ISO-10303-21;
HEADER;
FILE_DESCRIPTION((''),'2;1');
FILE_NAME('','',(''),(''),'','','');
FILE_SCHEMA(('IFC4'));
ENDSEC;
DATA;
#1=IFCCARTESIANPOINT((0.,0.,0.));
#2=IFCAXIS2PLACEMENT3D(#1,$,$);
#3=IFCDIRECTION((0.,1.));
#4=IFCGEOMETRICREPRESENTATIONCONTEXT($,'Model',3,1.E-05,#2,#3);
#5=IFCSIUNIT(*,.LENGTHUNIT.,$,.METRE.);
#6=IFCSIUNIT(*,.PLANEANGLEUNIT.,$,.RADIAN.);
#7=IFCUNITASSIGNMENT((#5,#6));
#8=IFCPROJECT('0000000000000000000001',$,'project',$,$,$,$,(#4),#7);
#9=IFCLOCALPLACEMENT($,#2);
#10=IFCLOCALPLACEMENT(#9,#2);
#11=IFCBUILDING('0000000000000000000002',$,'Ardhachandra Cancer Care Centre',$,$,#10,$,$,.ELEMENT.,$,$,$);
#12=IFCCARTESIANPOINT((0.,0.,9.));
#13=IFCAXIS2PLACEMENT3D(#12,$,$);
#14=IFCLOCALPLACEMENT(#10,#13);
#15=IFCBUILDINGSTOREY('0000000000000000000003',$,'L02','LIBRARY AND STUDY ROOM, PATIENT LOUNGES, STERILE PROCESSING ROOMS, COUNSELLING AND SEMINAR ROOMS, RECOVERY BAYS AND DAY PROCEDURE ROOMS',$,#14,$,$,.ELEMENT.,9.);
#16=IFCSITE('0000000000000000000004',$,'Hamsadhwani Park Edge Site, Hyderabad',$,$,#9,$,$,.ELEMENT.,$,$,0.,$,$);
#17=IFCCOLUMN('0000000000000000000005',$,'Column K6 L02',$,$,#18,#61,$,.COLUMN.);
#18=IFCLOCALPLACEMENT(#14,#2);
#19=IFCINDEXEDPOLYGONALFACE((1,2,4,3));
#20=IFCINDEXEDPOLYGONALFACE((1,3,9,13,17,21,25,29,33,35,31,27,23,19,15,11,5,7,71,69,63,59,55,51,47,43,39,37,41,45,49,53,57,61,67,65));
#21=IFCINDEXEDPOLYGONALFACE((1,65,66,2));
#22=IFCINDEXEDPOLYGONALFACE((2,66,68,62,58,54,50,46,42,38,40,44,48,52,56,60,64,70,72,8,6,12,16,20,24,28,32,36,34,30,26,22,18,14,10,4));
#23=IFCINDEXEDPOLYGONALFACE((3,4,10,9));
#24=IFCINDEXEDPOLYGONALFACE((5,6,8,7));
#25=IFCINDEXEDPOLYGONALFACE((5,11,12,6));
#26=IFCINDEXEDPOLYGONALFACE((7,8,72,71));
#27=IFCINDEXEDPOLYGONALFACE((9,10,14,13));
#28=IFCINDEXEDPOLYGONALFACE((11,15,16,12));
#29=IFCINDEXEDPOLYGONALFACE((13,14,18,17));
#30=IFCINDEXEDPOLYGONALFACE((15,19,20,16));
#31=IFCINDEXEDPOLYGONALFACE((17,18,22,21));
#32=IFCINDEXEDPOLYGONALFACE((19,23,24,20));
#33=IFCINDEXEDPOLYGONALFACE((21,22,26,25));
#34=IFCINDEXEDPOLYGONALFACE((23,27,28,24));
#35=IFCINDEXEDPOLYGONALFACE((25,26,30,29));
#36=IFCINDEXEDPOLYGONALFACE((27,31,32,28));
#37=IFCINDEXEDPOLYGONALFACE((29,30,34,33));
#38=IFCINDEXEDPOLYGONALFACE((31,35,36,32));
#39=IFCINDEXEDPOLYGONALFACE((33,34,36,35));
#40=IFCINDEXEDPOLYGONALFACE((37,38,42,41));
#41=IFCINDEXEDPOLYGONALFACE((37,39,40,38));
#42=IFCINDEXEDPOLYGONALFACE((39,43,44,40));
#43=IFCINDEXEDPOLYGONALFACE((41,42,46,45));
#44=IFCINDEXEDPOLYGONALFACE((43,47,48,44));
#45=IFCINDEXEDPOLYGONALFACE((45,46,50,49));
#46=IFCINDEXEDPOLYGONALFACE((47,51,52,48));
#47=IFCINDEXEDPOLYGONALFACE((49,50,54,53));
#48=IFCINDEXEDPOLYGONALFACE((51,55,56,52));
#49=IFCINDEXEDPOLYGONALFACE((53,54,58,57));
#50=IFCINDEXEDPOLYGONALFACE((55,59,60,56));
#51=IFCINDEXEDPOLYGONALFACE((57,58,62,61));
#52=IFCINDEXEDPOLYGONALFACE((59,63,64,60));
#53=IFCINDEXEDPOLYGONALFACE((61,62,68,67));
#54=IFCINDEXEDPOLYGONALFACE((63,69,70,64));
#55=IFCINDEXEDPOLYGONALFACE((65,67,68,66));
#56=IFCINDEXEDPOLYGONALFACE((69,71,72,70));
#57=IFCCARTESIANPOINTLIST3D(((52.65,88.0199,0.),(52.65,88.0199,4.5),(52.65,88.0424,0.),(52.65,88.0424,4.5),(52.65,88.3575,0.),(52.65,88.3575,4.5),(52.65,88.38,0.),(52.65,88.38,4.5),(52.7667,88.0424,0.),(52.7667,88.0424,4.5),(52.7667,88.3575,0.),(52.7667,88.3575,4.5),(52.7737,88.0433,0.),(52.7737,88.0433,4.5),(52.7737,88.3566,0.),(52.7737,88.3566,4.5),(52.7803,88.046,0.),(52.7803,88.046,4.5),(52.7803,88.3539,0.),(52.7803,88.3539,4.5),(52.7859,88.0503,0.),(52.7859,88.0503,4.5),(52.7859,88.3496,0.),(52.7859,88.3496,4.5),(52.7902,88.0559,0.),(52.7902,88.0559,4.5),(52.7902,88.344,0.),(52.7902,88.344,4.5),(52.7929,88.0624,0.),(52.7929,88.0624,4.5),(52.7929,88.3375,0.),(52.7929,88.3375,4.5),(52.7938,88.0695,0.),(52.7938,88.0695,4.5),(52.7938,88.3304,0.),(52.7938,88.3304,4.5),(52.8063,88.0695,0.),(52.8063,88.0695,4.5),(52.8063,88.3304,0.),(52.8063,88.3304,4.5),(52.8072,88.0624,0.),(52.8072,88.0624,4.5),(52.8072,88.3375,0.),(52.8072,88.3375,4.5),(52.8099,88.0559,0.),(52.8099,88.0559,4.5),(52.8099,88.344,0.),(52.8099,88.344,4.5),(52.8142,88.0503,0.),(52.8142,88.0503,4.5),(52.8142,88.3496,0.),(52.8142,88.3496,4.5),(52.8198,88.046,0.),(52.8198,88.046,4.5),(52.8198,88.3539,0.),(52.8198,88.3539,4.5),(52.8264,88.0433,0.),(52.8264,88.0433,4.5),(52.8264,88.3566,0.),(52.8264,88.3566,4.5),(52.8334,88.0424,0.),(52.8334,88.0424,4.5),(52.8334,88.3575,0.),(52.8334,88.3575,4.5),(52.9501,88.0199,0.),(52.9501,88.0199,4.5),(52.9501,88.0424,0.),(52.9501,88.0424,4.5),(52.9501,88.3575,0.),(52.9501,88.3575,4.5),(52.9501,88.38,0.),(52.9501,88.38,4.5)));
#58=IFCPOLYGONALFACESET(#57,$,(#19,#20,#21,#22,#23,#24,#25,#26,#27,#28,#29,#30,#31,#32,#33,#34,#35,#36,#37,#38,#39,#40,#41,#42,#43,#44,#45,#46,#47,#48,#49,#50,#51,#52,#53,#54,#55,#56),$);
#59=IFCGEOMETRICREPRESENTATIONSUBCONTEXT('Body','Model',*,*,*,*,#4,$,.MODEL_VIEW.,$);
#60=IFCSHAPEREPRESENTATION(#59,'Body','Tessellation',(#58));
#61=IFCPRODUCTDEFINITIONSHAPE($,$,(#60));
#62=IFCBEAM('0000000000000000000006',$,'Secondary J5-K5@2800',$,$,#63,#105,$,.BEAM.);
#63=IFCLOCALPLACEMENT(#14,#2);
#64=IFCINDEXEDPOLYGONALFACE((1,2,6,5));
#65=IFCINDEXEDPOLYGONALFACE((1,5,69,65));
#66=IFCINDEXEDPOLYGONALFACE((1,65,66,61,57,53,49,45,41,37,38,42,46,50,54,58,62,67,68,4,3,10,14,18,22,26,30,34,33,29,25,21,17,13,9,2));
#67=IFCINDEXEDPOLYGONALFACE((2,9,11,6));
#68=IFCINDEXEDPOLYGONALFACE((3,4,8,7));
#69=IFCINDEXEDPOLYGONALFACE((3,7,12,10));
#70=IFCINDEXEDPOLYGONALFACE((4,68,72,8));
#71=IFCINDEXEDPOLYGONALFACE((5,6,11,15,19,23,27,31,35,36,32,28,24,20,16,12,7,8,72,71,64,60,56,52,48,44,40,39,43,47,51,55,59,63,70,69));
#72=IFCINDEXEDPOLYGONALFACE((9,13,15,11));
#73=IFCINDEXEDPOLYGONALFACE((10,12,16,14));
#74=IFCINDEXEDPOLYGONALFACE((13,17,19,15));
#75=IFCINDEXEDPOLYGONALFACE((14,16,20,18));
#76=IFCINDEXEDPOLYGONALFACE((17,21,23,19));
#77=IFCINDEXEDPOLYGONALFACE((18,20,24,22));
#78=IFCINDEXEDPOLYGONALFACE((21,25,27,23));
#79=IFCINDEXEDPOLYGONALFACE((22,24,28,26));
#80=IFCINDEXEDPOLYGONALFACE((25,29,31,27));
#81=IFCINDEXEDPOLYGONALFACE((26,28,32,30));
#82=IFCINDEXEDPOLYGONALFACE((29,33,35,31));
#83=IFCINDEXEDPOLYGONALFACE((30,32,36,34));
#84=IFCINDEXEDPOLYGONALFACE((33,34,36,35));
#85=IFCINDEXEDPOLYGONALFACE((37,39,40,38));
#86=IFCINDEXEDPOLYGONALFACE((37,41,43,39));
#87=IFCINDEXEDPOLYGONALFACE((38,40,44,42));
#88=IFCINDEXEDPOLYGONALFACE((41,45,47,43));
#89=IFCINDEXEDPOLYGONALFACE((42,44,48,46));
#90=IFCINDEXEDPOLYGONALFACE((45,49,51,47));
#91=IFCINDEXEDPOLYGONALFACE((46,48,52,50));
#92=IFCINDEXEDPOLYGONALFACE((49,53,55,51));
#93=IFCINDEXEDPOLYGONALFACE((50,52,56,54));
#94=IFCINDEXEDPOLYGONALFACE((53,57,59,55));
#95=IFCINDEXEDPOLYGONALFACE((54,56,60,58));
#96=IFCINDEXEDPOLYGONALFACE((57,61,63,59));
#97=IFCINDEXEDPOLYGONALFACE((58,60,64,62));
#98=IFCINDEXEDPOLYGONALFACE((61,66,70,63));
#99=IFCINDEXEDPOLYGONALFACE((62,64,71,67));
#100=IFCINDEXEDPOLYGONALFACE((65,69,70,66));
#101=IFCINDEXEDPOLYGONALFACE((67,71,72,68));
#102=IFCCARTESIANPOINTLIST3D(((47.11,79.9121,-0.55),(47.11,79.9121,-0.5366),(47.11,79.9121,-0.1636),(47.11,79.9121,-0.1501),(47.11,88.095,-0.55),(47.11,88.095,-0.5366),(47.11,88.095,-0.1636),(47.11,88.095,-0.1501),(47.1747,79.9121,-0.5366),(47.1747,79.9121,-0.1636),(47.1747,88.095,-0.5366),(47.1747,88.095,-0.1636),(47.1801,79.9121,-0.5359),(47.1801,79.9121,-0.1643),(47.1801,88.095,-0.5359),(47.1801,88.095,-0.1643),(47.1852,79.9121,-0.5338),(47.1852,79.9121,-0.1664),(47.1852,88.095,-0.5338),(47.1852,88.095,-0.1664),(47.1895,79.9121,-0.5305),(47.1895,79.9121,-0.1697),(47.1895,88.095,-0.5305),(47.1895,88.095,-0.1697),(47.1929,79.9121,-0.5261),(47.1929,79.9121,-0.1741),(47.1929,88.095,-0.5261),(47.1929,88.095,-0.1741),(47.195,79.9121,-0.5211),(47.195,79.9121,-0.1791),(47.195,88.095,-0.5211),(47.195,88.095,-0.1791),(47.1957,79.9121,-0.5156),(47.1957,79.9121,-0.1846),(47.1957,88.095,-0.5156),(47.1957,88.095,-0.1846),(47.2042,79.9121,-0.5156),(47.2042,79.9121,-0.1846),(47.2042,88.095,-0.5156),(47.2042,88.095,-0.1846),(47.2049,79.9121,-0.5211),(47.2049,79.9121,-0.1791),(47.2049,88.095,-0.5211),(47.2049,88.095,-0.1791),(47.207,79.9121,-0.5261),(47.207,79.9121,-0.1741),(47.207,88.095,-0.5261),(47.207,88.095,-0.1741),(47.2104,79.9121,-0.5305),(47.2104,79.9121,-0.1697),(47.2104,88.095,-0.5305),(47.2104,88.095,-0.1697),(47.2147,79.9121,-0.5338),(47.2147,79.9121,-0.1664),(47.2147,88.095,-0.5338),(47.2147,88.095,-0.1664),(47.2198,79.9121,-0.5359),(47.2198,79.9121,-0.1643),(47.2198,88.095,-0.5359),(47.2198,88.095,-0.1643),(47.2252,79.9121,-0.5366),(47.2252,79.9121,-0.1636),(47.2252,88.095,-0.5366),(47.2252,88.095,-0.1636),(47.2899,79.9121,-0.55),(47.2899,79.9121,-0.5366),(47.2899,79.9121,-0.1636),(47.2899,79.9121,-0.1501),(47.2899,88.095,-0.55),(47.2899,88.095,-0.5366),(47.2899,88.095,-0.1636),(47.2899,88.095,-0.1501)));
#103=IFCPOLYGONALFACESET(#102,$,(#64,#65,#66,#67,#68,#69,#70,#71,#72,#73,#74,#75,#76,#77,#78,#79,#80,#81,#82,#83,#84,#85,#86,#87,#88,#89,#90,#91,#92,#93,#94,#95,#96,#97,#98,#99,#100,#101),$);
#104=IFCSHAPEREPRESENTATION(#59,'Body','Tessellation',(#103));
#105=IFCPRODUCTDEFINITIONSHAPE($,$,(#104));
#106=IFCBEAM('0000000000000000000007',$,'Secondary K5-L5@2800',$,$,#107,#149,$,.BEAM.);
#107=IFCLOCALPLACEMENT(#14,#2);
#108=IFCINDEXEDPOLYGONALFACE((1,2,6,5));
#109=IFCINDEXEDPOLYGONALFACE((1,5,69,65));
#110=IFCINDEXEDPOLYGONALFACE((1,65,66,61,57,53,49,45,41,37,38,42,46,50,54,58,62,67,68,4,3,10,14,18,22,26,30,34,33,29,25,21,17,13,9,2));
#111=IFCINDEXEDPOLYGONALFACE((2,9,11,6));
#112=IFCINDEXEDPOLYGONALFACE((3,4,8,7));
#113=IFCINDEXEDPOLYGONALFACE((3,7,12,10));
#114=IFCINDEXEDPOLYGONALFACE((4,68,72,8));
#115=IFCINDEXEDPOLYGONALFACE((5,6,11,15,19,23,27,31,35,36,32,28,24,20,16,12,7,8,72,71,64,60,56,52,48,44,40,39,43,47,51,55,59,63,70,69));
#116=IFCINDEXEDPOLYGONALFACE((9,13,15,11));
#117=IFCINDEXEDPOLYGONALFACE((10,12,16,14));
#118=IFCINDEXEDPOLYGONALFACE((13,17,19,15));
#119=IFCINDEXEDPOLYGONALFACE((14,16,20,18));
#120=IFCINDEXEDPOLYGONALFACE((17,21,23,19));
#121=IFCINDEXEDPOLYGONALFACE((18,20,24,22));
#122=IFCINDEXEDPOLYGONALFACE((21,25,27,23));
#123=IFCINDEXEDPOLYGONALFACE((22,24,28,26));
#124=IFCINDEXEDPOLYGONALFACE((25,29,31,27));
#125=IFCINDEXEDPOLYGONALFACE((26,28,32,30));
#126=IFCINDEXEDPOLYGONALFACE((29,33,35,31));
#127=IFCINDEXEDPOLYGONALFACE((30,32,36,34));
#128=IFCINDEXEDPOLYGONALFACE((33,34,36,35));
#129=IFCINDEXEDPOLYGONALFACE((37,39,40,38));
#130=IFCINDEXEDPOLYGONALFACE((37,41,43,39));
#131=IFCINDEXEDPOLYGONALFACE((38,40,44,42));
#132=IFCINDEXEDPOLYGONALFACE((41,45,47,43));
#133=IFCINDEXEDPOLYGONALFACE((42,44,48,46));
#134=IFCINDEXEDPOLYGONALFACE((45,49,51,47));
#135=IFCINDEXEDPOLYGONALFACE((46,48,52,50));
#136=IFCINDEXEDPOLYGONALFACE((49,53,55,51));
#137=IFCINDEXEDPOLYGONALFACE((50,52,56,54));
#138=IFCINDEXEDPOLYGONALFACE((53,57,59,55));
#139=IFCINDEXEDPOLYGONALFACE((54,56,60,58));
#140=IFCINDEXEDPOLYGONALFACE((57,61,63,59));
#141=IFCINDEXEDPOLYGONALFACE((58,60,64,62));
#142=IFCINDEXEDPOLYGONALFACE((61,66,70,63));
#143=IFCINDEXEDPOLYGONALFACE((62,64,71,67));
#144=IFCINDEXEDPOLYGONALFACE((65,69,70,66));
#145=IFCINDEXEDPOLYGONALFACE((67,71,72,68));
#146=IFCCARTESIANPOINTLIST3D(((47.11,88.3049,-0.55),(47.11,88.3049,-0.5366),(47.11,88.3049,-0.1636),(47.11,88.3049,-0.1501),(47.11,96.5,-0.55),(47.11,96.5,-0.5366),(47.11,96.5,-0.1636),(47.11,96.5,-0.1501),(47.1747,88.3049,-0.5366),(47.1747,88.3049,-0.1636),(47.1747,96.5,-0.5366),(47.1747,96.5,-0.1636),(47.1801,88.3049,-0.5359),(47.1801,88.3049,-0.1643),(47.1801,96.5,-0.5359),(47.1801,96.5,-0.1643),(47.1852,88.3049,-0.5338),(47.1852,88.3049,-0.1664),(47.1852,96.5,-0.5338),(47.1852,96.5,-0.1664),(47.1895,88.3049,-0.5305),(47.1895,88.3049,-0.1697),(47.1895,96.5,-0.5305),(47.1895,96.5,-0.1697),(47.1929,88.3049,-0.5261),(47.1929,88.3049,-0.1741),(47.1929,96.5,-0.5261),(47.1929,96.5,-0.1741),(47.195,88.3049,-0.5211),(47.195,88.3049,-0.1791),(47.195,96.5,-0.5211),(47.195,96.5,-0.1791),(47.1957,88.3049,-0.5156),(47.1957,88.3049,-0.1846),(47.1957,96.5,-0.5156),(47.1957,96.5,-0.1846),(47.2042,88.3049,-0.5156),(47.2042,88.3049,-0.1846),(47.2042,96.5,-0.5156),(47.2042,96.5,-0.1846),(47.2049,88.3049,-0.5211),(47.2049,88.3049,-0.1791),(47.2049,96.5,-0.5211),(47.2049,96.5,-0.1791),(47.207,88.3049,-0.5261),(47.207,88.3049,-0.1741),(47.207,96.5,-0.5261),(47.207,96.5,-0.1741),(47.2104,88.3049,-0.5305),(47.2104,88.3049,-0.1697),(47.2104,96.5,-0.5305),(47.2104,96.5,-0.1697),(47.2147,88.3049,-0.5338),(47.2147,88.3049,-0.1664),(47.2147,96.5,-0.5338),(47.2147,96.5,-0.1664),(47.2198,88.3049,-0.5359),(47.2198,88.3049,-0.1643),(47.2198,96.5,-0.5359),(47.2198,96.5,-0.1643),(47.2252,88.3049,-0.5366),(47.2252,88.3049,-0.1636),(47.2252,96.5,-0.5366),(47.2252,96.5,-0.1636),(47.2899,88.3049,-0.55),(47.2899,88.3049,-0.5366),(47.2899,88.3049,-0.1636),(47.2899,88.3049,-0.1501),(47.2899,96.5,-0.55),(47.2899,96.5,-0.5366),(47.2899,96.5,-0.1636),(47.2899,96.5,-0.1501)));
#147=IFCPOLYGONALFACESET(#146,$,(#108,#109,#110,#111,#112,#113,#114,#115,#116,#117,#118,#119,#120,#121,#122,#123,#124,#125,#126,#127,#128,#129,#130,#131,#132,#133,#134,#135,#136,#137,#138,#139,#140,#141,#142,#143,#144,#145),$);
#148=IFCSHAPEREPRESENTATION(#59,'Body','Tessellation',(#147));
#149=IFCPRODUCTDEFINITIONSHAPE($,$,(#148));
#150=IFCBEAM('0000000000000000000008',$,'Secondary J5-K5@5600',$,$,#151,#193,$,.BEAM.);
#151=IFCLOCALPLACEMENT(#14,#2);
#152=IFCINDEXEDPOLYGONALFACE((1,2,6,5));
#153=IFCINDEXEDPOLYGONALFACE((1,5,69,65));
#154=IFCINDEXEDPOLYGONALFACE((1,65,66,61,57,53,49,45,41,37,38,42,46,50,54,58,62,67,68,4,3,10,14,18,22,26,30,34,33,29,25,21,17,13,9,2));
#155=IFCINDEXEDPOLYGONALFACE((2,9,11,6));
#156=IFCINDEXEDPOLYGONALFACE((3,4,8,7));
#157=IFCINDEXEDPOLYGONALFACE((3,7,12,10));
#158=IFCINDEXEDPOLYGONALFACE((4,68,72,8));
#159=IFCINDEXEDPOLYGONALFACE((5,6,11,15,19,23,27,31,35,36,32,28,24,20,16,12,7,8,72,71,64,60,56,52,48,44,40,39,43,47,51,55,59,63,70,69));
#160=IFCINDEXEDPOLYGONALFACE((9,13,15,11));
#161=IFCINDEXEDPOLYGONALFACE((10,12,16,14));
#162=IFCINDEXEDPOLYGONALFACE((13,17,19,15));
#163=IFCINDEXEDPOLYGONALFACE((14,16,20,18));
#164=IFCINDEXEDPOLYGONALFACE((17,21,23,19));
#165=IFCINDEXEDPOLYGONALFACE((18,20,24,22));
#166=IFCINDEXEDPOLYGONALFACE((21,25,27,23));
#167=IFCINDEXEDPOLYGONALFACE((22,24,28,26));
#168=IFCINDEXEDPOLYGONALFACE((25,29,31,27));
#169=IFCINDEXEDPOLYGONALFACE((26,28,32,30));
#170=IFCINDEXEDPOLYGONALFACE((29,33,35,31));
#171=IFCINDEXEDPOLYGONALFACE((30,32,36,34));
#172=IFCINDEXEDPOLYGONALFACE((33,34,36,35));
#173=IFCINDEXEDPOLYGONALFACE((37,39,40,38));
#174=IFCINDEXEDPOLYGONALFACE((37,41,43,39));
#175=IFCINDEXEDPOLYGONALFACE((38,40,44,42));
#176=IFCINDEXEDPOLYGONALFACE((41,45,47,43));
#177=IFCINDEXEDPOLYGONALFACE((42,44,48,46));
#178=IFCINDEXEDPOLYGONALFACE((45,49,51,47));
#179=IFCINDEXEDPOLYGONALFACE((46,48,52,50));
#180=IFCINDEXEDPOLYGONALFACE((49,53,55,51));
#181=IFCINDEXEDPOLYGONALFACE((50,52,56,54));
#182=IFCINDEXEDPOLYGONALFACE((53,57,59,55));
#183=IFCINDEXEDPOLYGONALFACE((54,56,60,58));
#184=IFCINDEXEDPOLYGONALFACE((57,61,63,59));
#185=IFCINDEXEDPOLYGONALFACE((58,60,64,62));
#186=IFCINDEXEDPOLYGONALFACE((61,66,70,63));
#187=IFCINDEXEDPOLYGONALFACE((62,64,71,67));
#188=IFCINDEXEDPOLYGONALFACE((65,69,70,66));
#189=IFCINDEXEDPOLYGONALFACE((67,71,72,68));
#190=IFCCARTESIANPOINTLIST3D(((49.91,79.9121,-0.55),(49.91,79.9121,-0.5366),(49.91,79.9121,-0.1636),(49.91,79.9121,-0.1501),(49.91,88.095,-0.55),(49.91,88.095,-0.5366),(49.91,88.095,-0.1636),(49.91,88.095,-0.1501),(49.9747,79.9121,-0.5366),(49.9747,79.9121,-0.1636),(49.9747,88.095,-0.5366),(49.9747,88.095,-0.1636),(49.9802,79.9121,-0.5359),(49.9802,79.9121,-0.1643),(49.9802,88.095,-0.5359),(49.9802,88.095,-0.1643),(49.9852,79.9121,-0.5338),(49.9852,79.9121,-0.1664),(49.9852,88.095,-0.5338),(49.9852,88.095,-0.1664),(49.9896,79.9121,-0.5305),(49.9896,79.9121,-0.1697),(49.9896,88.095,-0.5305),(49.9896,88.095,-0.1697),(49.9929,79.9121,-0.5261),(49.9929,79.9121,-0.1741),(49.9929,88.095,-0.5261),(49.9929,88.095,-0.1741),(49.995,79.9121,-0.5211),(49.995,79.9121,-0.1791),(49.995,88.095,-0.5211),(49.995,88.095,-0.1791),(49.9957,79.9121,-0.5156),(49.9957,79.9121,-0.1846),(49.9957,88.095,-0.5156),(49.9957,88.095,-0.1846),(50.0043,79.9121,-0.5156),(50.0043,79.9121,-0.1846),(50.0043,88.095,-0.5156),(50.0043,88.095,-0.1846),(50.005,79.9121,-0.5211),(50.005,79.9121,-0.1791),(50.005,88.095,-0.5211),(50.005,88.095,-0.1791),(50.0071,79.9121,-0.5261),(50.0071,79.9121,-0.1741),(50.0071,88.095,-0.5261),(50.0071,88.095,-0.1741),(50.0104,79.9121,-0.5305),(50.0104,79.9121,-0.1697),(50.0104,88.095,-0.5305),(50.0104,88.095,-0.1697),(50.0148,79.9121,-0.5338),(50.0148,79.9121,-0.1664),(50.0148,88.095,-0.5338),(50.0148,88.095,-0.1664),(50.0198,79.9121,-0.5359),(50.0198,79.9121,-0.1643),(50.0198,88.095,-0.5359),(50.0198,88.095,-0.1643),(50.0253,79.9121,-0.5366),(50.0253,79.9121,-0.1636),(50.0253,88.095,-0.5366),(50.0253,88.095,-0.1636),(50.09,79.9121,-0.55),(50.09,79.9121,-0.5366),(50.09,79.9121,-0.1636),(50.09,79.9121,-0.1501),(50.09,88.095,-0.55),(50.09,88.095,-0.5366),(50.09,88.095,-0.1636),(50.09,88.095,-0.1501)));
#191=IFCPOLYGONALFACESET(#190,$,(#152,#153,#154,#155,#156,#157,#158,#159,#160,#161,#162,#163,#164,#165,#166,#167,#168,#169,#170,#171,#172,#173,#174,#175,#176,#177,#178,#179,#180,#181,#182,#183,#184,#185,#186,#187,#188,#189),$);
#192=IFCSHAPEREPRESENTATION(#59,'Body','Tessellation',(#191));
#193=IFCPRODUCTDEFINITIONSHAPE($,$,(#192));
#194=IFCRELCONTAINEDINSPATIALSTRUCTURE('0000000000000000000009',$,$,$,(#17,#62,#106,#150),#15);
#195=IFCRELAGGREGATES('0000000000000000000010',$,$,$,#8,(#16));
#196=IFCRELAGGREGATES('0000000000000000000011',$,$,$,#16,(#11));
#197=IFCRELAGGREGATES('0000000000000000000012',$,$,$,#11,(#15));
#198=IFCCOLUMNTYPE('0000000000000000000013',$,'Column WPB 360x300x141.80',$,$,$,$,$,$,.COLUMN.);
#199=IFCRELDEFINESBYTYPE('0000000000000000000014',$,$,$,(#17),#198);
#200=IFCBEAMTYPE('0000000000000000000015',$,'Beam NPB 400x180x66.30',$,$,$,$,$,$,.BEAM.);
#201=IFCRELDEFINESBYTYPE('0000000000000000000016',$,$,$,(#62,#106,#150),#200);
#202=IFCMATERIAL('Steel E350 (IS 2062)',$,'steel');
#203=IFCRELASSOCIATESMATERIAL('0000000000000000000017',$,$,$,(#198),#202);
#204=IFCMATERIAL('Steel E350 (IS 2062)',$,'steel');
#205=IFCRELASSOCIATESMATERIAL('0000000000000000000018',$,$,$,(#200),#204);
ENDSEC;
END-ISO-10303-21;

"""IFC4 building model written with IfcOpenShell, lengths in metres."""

from ifc_helpers import new_model, si_unit, direction, frame, origin, origin_2d, place, context, subcontext, project, spatial, i_section, extrude, material, material_profile, profile_set, type_object, element, save


model = new_model("IFC4")

# Units and contexts
model_context = context("Model", 3, precision=1e-05, world=origin(), true_north=direction((0.0, 1.0)))
body_context = subcontext(model_context, "Body", "Model", "MODEL_VIEW")
ifc_project = project(units=[si_unit("LENGTHUNIT", "METRE"), si_unit("PLANEANGLEUNIT", "RADIAN")], contexts=[model_context])

# Site, building, storey
site_placement = place(None, origin())
site = spatial("IfcSite", under=ifc_project, at=site_placement, Name="Hamsadhwani Park Edge Site, Hyderabad", CompositionType="ELEMENT", RefElevation=0.0)
building_placement = place(site_placement, origin())
building = spatial("IfcBuilding", under=site, at=building_placement, Name="Ardhachandra Cancer Care Centre", CompositionType="ELEMENT")
storey_placement = place(building_placement, frame((0.0, 0.0, 9.0)))
storey = spatial("IfcBuildingStorey", under=building, at=storey_placement, Name="L02", Description="LIBRARY AND STUDY ROOM, PATIENT LOUNGES, STERILE PROCESSING ROOMS, COUNSELLING AND SEMINAR ROOMS, RECOVERY BAYS AND DAY PROCEDURE ROOMS", CompositionType="ELEMENT", Elevation=9.0)

# Column
ifc_material_1 = material(Name="Steel E350 (IS 2062)", Category="steel")
ifc_material_profile_1 = material_profile(ifc_material_1, i_section(OverallWidth=0.3, OverallDepth=0.3601, WebThickness=0.0125, FlangeThickness=0.0225, FilletRadius=0.0271, at=origin_2d()), Name="WPB 360x300x141.80")
ifc_profile_set_1 = profile_set([ifc_material_profile_1], Name="Steel E350 (IS 2062)")
column_type = type_object("IfcColumnType", Name="Column WPB 360x300x141.80", PredefinedType="COLUMN", material=ifc_profile_set_1)
column_placement = place(storey_placement, frame((52.8, 88.2, 0.0), z_axis=(0.0, 0.0, 1.0), x_axis=(1.0, 0.0, 0.0)))
element("IfcColumn", 1, at=column_placement, inside=storey, type_object=column_type, Name="Column K6 L02", PredefinedType="COLUMN", context=body_context, shape_type="SweptSolid", body=[
    extrude(i_section(OverallWidth=0.3, OverallDepth=0.3601, WebThickness=0.0125, FlangeThickness=0.0225, FilletRadius=0.0271, at=origin_2d()), origin(), (0.0, 0.0, 1.0), 4.5),
])

# Beams
ifc_material_2 = material(Name="Steel E350 (IS 2062)", Category="steel")
ifc_material_profile_2 = material_profile(ifc_material_2, i_section(OverallWidth=0.1799, OverallDepth=0.3999, WebThickness=0.0085, FlangeThickness=0.0134, FilletRadius=0.021, at=origin_2d()), Name="NPB 400x180x66.30")
ifc_profile_set_2 = profile_set([ifc_material_profile_2], Name="Steel E350 (IS 2062)")
beam_type_1 = type_object("IfcBeamType", Name="Beam NPB 400x180x66.30", PredefinedType="BEAM", material=ifc_profile_set_2)
beam_1_placement = place(storey_placement, frame((47.2, 79.9121, -0.3501), z_axis=(0.0, 1.0, 0.0), x_axis=(-1.0, 0.0, 0.0)))
element("IfcBeam", 2, at=beam_1_placement, inside=storey, type_object=beam_type_1, Name="Secondary J5-K5@2800", PredefinedType="BEAM", context=body_context, shape_type="SweptSolid", body=[
    extrude(i_section(OverallWidth=0.1799, OverallDepth=0.3999, WebThickness=0.0085, FlangeThickness=0.0134, FilletRadius=0.021, at=origin_2d()), origin(), (0.0, 0.0, 1.0), 8.1829),
])
beam_2_placement = place(storey_placement, frame((47.2, 88.3049, -0.3501), z_axis=(0.0, 1.0, 0.0), x_axis=(-1.0, 0.0, 0.0)))
element("IfcBeam", 3, at=beam_2_placement, inside=storey, type_object=beam_type_1, Name="Secondary K5-L5@2800", PredefinedType="BEAM", context=body_context, shape_type="SweptSolid", body=[
    extrude(i_section(OverallWidth=0.1799, OverallDepth=0.3999, WebThickness=0.0085, FlangeThickness=0.0134, FilletRadius=0.021, at=origin_2d()), origin(), (0.0, 0.0, 1.0), 8.1951),
])
beam_3_placement = place(storey_placement, frame((50.0, 79.9121, -0.3501), z_axis=(0.0, 1.0, 0.0), x_axis=(-1.0, 0.0, 0.0)))
element("IfcBeam", 4, at=beam_3_placement, inside=storey, type_object=beam_type_1, Name="Secondary J5-K5@5600", PredefinedType="BEAM", context=body_context, shape_type="SweptSolid", body=[
    extrude(i_section(OverallWidth=0.1799, OverallDepth=0.3999, WebThickness=0.0085, FlangeThickness=0.0134, FilletRadius=0.021, at=origin_2d()), origin(), (0.0, 0.0, 1.0), 8.1829),
])

save(model, "model.ifc")
